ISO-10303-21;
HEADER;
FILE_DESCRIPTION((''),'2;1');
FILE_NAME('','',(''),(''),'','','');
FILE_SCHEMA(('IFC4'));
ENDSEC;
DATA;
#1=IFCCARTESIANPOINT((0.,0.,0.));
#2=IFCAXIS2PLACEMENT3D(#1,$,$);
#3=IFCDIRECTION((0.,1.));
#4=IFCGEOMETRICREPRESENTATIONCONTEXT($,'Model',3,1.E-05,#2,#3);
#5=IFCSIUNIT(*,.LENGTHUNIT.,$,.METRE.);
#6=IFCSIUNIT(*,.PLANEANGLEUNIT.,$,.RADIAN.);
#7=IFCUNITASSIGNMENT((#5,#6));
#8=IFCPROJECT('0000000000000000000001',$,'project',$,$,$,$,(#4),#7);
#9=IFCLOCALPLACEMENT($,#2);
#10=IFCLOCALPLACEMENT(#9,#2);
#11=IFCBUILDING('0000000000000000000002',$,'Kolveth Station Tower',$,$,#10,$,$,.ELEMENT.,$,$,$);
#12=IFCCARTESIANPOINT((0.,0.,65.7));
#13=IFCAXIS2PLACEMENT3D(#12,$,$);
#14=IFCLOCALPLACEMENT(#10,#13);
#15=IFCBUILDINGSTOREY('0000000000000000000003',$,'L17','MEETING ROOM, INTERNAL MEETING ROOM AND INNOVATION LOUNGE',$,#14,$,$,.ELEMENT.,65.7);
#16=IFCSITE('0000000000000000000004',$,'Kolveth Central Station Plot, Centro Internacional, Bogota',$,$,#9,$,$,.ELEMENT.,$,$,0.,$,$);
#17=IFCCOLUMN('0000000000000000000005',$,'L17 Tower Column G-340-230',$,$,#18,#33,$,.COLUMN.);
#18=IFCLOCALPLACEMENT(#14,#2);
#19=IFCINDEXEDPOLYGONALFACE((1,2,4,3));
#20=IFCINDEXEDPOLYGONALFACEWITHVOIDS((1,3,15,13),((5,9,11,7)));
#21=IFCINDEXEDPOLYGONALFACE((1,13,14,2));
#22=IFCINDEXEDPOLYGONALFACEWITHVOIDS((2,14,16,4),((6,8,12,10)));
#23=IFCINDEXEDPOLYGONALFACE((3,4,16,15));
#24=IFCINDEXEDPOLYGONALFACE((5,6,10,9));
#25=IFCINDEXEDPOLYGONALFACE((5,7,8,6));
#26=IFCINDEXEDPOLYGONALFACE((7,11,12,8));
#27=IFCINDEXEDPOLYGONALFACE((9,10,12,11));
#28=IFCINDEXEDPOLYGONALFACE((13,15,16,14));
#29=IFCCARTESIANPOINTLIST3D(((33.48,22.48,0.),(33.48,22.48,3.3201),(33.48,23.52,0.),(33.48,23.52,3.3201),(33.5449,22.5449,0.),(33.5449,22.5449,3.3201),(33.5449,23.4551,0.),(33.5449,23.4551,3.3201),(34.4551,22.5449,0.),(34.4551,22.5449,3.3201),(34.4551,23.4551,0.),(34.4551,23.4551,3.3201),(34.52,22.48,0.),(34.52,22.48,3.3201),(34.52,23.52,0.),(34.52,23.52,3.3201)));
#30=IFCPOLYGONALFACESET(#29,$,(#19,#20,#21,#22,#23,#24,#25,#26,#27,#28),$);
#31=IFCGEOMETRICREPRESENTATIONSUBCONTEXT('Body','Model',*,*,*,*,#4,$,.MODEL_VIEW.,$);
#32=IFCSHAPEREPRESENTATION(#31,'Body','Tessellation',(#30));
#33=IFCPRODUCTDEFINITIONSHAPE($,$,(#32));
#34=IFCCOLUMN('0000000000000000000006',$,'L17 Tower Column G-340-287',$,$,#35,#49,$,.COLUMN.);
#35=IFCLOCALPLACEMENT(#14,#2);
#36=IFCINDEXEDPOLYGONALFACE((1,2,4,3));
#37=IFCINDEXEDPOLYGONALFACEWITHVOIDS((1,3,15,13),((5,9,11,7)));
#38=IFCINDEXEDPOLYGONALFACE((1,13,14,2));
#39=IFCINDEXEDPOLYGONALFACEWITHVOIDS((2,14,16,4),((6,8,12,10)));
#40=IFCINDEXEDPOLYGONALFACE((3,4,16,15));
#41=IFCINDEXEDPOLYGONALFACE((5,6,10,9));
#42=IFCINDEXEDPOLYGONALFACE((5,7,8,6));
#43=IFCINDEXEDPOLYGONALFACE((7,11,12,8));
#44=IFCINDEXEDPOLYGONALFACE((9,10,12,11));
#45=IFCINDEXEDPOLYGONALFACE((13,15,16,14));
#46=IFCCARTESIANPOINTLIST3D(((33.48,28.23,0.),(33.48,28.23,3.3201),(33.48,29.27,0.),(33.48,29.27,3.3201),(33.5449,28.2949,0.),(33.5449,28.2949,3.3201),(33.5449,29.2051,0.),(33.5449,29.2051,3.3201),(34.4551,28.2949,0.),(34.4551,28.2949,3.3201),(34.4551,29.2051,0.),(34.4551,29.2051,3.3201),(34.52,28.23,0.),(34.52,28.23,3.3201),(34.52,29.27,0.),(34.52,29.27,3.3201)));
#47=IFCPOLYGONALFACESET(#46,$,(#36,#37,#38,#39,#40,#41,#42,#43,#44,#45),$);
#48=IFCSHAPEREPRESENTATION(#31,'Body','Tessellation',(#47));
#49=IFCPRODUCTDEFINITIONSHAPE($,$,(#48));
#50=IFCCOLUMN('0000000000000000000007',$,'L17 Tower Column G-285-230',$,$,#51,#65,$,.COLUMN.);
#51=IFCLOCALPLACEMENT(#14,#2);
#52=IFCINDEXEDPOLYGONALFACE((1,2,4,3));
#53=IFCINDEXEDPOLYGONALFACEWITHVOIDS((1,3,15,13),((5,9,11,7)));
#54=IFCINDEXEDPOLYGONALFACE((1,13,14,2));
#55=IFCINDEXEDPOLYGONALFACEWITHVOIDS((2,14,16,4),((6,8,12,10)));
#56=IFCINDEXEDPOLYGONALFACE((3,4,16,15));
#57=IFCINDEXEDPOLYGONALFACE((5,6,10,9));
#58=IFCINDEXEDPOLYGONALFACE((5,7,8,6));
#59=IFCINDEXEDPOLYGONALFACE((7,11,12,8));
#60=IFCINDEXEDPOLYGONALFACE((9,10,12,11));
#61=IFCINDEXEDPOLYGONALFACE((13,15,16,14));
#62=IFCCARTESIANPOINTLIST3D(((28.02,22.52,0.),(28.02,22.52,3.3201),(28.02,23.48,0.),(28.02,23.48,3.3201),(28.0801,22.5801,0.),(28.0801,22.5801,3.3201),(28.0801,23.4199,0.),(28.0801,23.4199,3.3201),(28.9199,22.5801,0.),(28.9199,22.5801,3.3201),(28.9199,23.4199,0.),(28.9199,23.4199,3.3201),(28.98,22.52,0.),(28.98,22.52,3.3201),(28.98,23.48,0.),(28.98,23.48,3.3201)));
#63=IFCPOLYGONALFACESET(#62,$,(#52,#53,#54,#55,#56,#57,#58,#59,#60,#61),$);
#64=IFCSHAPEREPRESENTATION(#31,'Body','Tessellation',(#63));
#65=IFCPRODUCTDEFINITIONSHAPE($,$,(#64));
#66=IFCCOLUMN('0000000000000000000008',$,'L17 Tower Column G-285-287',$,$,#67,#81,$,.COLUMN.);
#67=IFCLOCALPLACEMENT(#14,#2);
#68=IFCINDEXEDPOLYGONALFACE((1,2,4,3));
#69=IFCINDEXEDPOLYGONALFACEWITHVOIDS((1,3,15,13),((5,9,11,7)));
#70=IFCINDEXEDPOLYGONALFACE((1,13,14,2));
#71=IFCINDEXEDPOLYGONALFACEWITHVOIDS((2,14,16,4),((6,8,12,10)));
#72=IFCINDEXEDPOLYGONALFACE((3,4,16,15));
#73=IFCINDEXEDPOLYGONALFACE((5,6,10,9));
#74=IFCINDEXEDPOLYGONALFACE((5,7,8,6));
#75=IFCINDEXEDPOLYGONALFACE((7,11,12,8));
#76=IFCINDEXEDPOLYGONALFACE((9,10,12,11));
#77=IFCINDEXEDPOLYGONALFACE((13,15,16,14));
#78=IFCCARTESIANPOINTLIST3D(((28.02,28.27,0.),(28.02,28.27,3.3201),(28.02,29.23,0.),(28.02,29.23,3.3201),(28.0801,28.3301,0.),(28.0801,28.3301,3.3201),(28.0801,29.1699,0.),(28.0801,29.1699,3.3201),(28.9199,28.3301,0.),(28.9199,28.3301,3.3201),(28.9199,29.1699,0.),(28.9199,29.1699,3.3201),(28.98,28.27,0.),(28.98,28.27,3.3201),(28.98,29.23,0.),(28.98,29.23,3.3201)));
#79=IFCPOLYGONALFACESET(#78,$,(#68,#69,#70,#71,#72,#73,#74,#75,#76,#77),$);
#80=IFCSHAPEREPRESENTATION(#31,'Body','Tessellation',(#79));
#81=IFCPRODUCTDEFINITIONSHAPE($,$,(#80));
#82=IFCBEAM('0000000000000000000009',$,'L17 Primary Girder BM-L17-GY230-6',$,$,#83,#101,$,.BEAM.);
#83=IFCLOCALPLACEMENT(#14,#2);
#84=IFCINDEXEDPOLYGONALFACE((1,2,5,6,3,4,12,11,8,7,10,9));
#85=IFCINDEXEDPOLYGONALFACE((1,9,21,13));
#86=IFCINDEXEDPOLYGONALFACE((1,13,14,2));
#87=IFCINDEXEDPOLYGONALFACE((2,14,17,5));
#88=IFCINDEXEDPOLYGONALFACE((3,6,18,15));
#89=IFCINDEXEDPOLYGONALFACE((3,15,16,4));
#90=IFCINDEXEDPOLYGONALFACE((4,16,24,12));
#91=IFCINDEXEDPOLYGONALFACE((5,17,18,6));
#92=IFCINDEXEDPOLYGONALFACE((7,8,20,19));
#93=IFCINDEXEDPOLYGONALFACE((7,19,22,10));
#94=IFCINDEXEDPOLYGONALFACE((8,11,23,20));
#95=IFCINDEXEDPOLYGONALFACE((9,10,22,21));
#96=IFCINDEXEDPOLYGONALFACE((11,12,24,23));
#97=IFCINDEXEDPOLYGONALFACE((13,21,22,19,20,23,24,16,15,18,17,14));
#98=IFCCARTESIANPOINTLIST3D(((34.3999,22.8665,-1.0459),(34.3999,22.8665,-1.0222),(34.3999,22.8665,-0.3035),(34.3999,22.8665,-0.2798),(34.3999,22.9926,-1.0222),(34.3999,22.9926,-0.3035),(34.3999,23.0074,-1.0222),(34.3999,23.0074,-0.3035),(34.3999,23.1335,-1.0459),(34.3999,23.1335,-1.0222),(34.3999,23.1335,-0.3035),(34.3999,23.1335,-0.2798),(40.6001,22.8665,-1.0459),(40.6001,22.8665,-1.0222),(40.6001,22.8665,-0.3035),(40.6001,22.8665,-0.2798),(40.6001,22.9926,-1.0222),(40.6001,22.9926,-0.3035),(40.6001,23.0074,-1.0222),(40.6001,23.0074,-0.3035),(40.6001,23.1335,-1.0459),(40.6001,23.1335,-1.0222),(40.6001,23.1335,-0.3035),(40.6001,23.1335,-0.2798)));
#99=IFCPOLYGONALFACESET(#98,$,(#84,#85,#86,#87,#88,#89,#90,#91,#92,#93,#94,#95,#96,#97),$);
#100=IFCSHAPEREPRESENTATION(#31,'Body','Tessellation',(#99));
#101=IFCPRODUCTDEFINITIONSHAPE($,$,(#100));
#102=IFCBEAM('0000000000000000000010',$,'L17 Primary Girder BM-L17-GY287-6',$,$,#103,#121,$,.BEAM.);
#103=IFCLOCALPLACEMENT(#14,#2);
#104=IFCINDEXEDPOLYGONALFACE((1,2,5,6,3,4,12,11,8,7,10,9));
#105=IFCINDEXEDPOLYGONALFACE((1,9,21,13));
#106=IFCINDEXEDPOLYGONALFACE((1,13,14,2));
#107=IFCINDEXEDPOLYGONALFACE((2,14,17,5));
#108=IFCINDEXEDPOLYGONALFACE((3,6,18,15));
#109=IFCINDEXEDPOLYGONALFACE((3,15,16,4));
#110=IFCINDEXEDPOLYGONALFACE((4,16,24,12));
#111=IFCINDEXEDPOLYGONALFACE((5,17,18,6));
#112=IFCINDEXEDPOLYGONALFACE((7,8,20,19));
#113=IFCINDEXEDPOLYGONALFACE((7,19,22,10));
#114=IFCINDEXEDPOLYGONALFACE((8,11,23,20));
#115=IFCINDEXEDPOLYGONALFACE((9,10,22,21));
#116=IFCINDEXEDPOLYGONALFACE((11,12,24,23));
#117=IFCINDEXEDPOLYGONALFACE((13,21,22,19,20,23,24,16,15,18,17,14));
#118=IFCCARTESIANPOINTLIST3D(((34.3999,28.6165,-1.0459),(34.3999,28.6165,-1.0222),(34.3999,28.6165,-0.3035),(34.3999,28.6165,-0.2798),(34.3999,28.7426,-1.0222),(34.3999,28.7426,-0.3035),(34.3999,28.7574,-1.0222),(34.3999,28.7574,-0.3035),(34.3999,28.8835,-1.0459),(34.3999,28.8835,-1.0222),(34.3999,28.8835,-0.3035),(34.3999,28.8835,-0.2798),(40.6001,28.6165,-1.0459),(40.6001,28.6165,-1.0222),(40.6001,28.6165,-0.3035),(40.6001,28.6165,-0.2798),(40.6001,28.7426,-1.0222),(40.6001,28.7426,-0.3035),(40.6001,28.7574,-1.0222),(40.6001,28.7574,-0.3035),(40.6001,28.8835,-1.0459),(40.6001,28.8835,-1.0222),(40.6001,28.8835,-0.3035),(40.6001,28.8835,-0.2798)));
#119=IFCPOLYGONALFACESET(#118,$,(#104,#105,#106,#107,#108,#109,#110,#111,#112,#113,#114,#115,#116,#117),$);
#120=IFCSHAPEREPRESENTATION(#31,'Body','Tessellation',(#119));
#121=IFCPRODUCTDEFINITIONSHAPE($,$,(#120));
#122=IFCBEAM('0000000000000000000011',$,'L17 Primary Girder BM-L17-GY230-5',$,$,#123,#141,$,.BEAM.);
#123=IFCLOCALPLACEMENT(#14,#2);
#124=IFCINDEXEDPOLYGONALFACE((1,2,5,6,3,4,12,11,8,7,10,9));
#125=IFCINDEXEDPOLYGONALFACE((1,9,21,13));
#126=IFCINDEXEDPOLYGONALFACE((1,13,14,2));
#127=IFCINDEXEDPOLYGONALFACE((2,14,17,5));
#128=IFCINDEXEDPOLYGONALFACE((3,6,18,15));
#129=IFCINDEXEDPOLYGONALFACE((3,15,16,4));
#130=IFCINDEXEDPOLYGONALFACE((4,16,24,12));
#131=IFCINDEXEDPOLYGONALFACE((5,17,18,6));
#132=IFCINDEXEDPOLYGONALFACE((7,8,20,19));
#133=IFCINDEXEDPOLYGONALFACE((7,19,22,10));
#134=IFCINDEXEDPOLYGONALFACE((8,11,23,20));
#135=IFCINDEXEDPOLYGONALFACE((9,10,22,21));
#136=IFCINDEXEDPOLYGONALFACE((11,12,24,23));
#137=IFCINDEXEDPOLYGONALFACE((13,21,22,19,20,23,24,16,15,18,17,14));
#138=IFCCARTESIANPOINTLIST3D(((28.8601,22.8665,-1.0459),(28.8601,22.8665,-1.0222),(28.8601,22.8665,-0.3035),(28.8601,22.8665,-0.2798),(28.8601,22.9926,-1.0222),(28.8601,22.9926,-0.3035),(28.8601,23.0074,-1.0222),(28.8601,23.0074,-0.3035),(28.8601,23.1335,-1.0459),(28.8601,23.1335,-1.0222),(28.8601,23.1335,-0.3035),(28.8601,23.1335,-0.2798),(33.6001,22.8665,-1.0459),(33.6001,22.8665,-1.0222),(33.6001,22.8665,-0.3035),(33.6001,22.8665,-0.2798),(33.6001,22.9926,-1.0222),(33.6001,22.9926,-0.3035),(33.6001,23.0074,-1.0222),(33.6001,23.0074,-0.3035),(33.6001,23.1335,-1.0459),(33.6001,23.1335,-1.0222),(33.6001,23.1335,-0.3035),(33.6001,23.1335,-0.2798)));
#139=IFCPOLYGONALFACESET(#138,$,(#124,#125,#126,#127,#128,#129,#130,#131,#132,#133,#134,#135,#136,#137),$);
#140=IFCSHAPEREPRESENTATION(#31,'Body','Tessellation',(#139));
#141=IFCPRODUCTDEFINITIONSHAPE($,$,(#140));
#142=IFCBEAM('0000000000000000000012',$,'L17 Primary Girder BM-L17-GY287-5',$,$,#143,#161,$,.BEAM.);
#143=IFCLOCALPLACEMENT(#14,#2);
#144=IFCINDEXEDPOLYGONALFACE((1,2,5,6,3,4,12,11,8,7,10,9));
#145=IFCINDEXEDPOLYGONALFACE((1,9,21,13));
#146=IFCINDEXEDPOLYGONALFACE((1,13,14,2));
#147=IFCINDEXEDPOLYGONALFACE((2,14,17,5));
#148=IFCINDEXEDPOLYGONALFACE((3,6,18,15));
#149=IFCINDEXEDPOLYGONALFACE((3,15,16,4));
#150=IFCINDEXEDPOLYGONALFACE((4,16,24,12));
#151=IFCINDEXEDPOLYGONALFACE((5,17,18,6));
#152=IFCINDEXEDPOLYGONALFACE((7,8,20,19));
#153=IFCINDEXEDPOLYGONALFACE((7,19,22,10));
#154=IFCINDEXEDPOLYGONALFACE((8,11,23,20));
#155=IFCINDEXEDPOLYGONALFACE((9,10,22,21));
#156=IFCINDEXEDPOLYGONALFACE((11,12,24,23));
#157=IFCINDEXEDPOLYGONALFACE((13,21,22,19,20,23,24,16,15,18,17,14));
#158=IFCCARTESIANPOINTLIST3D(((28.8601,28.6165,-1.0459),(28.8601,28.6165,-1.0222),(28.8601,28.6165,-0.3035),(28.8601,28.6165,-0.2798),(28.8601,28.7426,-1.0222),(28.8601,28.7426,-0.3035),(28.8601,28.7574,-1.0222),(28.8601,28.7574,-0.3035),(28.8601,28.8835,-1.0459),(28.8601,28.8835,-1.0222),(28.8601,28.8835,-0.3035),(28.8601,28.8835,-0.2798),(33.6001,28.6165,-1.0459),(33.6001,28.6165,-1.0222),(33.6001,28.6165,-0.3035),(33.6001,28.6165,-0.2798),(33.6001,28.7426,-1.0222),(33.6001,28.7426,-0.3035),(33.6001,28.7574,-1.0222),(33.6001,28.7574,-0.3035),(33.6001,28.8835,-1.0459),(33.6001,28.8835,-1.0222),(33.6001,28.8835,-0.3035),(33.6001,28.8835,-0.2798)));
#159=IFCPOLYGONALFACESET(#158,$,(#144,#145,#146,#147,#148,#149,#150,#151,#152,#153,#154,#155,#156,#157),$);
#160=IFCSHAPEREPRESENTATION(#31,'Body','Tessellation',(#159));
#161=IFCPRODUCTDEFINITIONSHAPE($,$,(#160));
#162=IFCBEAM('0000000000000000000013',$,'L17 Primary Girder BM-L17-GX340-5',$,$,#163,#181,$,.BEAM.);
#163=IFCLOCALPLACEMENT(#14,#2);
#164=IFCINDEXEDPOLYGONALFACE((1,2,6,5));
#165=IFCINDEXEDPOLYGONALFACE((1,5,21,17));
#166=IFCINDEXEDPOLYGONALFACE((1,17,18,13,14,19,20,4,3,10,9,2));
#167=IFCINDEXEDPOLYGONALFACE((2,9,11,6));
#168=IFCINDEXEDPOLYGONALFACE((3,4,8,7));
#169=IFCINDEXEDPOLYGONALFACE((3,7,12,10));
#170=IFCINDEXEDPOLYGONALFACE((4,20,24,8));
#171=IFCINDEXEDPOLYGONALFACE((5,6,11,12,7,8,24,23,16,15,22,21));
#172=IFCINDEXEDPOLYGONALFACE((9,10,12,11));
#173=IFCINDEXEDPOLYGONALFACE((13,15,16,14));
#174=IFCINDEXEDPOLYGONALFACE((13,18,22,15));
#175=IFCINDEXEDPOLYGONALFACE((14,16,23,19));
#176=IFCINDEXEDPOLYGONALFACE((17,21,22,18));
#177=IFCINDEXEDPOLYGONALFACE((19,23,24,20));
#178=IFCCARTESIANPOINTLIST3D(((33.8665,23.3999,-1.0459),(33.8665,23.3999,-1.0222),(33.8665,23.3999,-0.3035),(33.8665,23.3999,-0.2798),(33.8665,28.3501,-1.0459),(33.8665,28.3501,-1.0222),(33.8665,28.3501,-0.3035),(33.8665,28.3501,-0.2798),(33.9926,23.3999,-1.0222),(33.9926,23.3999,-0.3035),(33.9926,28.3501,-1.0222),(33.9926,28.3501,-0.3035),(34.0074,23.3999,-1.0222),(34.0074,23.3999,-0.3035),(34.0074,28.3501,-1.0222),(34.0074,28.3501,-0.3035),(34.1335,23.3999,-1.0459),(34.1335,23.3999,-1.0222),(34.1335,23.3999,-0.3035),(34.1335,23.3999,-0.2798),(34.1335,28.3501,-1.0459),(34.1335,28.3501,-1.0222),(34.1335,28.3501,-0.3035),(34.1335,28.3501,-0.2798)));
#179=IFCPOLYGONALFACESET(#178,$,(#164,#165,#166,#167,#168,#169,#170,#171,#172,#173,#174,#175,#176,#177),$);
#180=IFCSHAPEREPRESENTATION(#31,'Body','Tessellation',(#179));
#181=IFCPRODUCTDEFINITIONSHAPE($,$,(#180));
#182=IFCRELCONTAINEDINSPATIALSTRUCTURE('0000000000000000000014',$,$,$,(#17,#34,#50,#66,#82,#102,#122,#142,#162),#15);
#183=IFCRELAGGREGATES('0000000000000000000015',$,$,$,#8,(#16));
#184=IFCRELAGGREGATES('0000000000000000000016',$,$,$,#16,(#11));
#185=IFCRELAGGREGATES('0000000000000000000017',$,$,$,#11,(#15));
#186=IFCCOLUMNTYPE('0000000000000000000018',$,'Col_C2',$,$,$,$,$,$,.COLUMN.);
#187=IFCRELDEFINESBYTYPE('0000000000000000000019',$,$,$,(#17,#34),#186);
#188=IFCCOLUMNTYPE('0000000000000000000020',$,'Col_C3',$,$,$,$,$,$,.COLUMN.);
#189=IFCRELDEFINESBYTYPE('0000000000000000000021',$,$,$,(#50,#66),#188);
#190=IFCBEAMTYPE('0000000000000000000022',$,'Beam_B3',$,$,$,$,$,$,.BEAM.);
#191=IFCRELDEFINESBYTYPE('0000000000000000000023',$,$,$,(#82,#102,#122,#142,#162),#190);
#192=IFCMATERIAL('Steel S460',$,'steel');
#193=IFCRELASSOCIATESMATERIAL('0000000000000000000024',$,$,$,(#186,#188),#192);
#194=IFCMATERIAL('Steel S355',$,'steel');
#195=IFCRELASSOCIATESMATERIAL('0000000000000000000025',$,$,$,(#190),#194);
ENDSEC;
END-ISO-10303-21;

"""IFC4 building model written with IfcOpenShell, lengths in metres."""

from ifc_helpers import new_model, si_unit, direction, frame, origin, origin_2d, place, context, subcontext, project, spatial, hollow_rectangle, i_section, extrude, source, transform, mapped, material, material_profile, profile_set, type_object, element, save


model = new_model("IFC4")

# Units and contexts
model_context = context("Model", 3, precision=1e-05, world=origin(), true_north=direction((0.0, 1.0)))
body_context = subcontext(model_context, "Body", "Model", "MODEL_VIEW")
ifc_project = project(units=[si_unit("LENGTHUNIT", "METRE"), si_unit("PLANEANGLEUNIT", "RADIAN")], contexts=[model_context])

# Site, building, storey
site_placement = place(None, origin())
site = spatial("IfcSite", under=ifc_project, at=site_placement, Name="Kolveth Central Station Plot, Centro Internacional, Bogota", CompositionType="ELEMENT", RefElevation=0.0)
building_placement = place(site_placement, origin())
building = spatial("IfcBuilding", under=site, at=building_placement, Name="Kolveth Station Tower", CompositionType="ELEMENT")
storey_placement = place(building_placement, frame((0.0, 0.0, 65.7)))
storey = spatial("IfcBuildingStorey", under=building, at=storey_placement, Name="L17", Description="MEETING ROOM, INTERNAL MEETING ROOM AND INNOVATION LOUNGE", CompositionType="ELEMENT", Elevation=65.7)

# Columns
ifc_material_1 = material(Name="Steel S460", Category="steel")
ifc_material_profile_1 = material_profile(ifc_material_1, hollow_rectangle(XDim=1.04, YDim=1.04, WallThickness=0.0649, at=origin_2d()), Name="BOX1040x1040x65")
ifc_profile_set_1 = profile_set([ifc_material_profile_1], Name="Steel S460")
column_type_1 = type_object("IfcColumnType", Name="Col_C2", PredefinedType="COLUMN", material=ifc_profile_set_1)
shared_shape_1 = source(origin(), body_context, "Body", "SweptSolid", [
    extrude(hollow_rectangle(XDim=1.04, YDim=1.04, WallThickness=0.0649, at=origin_2d()), origin(), (0.0, 0.0, 1.0), 3.3201),
])
for number, where, z_axis, x_axis, name in (
    (1, (34.0, 23.0, 0.0), (0.0, 0.0, 1.0), (1.0, 0.0, 0.0), "L17 Tower Column G-340-230"),
    (2, (34.0, 28.75, 0.0), (0.0, 0.0, 1.0), (1.0, 0.0, 0.0), "L17 Tower Column G-340-287"),
):
    element("IfcColumn", number, at=place(storey_placement, frame(where, z_axis=z_axis, x_axis=x_axis)), inside=storey, type_object=column_type_1, Name=name, PredefinedType="COLUMN", context=body_context, shape_type="MappedRepresentation", body=[
        mapped(shared_shape_1, transform((0.0, 0.0, 0.0), x_axis=(1.0, 0.0, 0.0), y_axis=(0.0, 1.0, 0.0), z_axis=(0.0, 0.0, 1.0), scale=1.0)),
    ])
ifc_material_profile_2 = material_profile(ifc_material_1, hollow_rectangle(XDim=0.96, YDim=0.96, WallThickness=0.0601, at=origin_2d()), Name="BOX960x960x60")
ifc_profile_set_2 = profile_set([ifc_material_profile_2], Name="Steel S460")
column_type_2 = type_object("IfcColumnType", Name="Col_C3", PredefinedType="COLUMN", material=ifc_profile_set_2)
shared_shape_2 = source(origin(), body_context, "Body", "SweptSolid", [
    extrude(hollow_rectangle(XDim=0.96, YDim=0.96, WallThickness=0.0601, at=origin_2d()), origin(), (0.0, 0.0, 1.0), 3.3201),
])
for number, where, z_axis, x_axis, name in (
    (3, (28.5, 23.0, 0.0), (0.0, 0.0, 1.0), (1.0, 0.0, 0.0), "L17 Tower Column G-285-230"),
    (4, (28.5, 28.75, 0.0), (0.0, 0.0, 1.0), (1.0, 0.0, 0.0), "L17 Tower Column G-285-287"),
):
    element("IfcColumn", number, at=place(storey_placement, frame(where, z_axis=z_axis, x_axis=x_axis)), inside=storey, type_object=column_type_2, Name=name, PredefinedType="COLUMN", context=body_context, shape_type="MappedRepresentation", body=[
        mapped(shared_shape_2, transform((0.0, 0.0, 0.0), x_axis=(1.0, 0.0, 0.0), y_axis=(0.0, 1.0, 0.0), z_axis=(0.0, 0.0, 1.0), scale=1.0)),
    ])

# Beams
ifc_material_2 = material(Name="Steel S355", Category="steel")
ifc_material_profile_3 = material_profile(ifc_material_2, i_section(OverallWidth=0.2671, OverallDepth=0.7661, WebThickness=0.0149, FlangeThickness=0.0237, at=origin_2d()), Name="W760x185")
ifc_profile_set_3 = profile_set([ifc_material_profile_3], Name="Steel S355")
beam_type_1 = type_object("IfcBeamType", Name="Beam_B3", PredefinedType="BEAM", material=ifc_profile_set_3)
shared_shape_3 = source(origin(), body_context, "Body", "SweptSolid", [
    extrude(i_section(OverallWidth=0.2671, OverallDepth=0.7661, WebThickness=0.0149, FlangeThickness=0.0237, at=origin_2d()), origin(), (0.0, 0.0, 1.0), 6.2002),
])
for number, where, z_axis, x_axis, name in (
    (5, (34.3999, 23.0, -0.6628), (1.0, 0.0, 0.0), (0.0, 1.0, 0.0), "L17 Primary Girder BM-L17-GY230-6"),
    (6, (34.3999, 28.75, -0.6628), (1.0, 0.0, 0.0), (0.0, 1.0, 0.0), "L17 Primary Girder BM-L17-GY287-6"),
):
    element("IfcBeam", number, at=place(storey_placement, frame(where, z_axis=z_axis, x_axis=x_axis)), inside=storey, type_object=beam_type_1, Name=name, PredefinedType="BEAM", context=body_context, shape_type="MappedRepresentation", body=[
        mapped(shared_shape_3, transform((0.0, 0.0, 0.0), x_axis=(1.0, 0.0, 0.0), y_axis=(0.0, 1.0, 0.0), z_axis=(0.0, 0.0, 1.0), scale=1.0)),
    ])
shared_shape_4 = source(origin(), body_context, "Body", "SweptSolid", [
    extrude(i_section(OverallWidth=0.2671, OverallDepth=0.7661, WebThickness=0.0149, FlangeThickness=0.0237, at=origin_2d()), origin(), (0.0, 0.0, 1.0), 4.74),
])
for number, where, z_axis, x_axis, name in (
    (7, (28.8601, 23.0, -0.6628), (1.0, 0.0, 0.0), (0.0, 1.0, 0.0), "L17 Primary Girder BM-L17-GY230-5"),
    (8, (28.8601, 28.75, -0.6628), (1.0, 0.0, 0.0), (0.0, 1.0, 0.0), "L17 Primary Girder BM-L17-GY287-5"),
):
    element("IfcBeam", number, at=place(storey_placement, frame(where, z_axis=z_axis, x_axis=x_axis)), inside=storey, type_object=beam_type_1, Name=name, PredefinedType="BEAM", context=body_context, shape_type="MappedRepresentation", body=[
        mapped(shared_shape_4, transform((0.0, 0.0, 0.0), x_axis=(1.0, 0.0, 0.0), y_axis=(0.0, 1.0, 0.0), z_axis=(0.0, 0.0, 1.0), scale=1.0)),
    ])
shared_shape_5 = source(origin(), body_context, "Body", "SweptSolid", [
    extrude(i_section(OverallWidth=0.2671, OverallDepth=0.7661, WebThickness=0.0149, FlangeThickness=0.0237, at=origin_2d()), origin(), (0.0, 0.0, 1.0), 4.9502),
])
beam_1_placement = place(storey_placement, frame((34.0, 23.3999, -0.6628), z_axis=(0.0, 1.0, 0.0), x_axis=(-1.0, 0.0, 0.0)))
element("IfcBeam", 9, at=beam_1_placement, inside=storey, type_object=beam_type_1, Name="L17 Primary Girder BM-L17-GX340-5", PredefinedType="BEAM", context=body_context, shape_type="MappedRepresentation", body=[
    mapped(shared_shape_5, transform((0.0, 0.0, 0.0), x_axis=(1.0, 0.0, 0.0), y_axis=(0.0, 1.0, 0.0), z_axis=(0.0, 0.0, 1.0), scale=1.0)),
])

save(model, "model.ifc")
